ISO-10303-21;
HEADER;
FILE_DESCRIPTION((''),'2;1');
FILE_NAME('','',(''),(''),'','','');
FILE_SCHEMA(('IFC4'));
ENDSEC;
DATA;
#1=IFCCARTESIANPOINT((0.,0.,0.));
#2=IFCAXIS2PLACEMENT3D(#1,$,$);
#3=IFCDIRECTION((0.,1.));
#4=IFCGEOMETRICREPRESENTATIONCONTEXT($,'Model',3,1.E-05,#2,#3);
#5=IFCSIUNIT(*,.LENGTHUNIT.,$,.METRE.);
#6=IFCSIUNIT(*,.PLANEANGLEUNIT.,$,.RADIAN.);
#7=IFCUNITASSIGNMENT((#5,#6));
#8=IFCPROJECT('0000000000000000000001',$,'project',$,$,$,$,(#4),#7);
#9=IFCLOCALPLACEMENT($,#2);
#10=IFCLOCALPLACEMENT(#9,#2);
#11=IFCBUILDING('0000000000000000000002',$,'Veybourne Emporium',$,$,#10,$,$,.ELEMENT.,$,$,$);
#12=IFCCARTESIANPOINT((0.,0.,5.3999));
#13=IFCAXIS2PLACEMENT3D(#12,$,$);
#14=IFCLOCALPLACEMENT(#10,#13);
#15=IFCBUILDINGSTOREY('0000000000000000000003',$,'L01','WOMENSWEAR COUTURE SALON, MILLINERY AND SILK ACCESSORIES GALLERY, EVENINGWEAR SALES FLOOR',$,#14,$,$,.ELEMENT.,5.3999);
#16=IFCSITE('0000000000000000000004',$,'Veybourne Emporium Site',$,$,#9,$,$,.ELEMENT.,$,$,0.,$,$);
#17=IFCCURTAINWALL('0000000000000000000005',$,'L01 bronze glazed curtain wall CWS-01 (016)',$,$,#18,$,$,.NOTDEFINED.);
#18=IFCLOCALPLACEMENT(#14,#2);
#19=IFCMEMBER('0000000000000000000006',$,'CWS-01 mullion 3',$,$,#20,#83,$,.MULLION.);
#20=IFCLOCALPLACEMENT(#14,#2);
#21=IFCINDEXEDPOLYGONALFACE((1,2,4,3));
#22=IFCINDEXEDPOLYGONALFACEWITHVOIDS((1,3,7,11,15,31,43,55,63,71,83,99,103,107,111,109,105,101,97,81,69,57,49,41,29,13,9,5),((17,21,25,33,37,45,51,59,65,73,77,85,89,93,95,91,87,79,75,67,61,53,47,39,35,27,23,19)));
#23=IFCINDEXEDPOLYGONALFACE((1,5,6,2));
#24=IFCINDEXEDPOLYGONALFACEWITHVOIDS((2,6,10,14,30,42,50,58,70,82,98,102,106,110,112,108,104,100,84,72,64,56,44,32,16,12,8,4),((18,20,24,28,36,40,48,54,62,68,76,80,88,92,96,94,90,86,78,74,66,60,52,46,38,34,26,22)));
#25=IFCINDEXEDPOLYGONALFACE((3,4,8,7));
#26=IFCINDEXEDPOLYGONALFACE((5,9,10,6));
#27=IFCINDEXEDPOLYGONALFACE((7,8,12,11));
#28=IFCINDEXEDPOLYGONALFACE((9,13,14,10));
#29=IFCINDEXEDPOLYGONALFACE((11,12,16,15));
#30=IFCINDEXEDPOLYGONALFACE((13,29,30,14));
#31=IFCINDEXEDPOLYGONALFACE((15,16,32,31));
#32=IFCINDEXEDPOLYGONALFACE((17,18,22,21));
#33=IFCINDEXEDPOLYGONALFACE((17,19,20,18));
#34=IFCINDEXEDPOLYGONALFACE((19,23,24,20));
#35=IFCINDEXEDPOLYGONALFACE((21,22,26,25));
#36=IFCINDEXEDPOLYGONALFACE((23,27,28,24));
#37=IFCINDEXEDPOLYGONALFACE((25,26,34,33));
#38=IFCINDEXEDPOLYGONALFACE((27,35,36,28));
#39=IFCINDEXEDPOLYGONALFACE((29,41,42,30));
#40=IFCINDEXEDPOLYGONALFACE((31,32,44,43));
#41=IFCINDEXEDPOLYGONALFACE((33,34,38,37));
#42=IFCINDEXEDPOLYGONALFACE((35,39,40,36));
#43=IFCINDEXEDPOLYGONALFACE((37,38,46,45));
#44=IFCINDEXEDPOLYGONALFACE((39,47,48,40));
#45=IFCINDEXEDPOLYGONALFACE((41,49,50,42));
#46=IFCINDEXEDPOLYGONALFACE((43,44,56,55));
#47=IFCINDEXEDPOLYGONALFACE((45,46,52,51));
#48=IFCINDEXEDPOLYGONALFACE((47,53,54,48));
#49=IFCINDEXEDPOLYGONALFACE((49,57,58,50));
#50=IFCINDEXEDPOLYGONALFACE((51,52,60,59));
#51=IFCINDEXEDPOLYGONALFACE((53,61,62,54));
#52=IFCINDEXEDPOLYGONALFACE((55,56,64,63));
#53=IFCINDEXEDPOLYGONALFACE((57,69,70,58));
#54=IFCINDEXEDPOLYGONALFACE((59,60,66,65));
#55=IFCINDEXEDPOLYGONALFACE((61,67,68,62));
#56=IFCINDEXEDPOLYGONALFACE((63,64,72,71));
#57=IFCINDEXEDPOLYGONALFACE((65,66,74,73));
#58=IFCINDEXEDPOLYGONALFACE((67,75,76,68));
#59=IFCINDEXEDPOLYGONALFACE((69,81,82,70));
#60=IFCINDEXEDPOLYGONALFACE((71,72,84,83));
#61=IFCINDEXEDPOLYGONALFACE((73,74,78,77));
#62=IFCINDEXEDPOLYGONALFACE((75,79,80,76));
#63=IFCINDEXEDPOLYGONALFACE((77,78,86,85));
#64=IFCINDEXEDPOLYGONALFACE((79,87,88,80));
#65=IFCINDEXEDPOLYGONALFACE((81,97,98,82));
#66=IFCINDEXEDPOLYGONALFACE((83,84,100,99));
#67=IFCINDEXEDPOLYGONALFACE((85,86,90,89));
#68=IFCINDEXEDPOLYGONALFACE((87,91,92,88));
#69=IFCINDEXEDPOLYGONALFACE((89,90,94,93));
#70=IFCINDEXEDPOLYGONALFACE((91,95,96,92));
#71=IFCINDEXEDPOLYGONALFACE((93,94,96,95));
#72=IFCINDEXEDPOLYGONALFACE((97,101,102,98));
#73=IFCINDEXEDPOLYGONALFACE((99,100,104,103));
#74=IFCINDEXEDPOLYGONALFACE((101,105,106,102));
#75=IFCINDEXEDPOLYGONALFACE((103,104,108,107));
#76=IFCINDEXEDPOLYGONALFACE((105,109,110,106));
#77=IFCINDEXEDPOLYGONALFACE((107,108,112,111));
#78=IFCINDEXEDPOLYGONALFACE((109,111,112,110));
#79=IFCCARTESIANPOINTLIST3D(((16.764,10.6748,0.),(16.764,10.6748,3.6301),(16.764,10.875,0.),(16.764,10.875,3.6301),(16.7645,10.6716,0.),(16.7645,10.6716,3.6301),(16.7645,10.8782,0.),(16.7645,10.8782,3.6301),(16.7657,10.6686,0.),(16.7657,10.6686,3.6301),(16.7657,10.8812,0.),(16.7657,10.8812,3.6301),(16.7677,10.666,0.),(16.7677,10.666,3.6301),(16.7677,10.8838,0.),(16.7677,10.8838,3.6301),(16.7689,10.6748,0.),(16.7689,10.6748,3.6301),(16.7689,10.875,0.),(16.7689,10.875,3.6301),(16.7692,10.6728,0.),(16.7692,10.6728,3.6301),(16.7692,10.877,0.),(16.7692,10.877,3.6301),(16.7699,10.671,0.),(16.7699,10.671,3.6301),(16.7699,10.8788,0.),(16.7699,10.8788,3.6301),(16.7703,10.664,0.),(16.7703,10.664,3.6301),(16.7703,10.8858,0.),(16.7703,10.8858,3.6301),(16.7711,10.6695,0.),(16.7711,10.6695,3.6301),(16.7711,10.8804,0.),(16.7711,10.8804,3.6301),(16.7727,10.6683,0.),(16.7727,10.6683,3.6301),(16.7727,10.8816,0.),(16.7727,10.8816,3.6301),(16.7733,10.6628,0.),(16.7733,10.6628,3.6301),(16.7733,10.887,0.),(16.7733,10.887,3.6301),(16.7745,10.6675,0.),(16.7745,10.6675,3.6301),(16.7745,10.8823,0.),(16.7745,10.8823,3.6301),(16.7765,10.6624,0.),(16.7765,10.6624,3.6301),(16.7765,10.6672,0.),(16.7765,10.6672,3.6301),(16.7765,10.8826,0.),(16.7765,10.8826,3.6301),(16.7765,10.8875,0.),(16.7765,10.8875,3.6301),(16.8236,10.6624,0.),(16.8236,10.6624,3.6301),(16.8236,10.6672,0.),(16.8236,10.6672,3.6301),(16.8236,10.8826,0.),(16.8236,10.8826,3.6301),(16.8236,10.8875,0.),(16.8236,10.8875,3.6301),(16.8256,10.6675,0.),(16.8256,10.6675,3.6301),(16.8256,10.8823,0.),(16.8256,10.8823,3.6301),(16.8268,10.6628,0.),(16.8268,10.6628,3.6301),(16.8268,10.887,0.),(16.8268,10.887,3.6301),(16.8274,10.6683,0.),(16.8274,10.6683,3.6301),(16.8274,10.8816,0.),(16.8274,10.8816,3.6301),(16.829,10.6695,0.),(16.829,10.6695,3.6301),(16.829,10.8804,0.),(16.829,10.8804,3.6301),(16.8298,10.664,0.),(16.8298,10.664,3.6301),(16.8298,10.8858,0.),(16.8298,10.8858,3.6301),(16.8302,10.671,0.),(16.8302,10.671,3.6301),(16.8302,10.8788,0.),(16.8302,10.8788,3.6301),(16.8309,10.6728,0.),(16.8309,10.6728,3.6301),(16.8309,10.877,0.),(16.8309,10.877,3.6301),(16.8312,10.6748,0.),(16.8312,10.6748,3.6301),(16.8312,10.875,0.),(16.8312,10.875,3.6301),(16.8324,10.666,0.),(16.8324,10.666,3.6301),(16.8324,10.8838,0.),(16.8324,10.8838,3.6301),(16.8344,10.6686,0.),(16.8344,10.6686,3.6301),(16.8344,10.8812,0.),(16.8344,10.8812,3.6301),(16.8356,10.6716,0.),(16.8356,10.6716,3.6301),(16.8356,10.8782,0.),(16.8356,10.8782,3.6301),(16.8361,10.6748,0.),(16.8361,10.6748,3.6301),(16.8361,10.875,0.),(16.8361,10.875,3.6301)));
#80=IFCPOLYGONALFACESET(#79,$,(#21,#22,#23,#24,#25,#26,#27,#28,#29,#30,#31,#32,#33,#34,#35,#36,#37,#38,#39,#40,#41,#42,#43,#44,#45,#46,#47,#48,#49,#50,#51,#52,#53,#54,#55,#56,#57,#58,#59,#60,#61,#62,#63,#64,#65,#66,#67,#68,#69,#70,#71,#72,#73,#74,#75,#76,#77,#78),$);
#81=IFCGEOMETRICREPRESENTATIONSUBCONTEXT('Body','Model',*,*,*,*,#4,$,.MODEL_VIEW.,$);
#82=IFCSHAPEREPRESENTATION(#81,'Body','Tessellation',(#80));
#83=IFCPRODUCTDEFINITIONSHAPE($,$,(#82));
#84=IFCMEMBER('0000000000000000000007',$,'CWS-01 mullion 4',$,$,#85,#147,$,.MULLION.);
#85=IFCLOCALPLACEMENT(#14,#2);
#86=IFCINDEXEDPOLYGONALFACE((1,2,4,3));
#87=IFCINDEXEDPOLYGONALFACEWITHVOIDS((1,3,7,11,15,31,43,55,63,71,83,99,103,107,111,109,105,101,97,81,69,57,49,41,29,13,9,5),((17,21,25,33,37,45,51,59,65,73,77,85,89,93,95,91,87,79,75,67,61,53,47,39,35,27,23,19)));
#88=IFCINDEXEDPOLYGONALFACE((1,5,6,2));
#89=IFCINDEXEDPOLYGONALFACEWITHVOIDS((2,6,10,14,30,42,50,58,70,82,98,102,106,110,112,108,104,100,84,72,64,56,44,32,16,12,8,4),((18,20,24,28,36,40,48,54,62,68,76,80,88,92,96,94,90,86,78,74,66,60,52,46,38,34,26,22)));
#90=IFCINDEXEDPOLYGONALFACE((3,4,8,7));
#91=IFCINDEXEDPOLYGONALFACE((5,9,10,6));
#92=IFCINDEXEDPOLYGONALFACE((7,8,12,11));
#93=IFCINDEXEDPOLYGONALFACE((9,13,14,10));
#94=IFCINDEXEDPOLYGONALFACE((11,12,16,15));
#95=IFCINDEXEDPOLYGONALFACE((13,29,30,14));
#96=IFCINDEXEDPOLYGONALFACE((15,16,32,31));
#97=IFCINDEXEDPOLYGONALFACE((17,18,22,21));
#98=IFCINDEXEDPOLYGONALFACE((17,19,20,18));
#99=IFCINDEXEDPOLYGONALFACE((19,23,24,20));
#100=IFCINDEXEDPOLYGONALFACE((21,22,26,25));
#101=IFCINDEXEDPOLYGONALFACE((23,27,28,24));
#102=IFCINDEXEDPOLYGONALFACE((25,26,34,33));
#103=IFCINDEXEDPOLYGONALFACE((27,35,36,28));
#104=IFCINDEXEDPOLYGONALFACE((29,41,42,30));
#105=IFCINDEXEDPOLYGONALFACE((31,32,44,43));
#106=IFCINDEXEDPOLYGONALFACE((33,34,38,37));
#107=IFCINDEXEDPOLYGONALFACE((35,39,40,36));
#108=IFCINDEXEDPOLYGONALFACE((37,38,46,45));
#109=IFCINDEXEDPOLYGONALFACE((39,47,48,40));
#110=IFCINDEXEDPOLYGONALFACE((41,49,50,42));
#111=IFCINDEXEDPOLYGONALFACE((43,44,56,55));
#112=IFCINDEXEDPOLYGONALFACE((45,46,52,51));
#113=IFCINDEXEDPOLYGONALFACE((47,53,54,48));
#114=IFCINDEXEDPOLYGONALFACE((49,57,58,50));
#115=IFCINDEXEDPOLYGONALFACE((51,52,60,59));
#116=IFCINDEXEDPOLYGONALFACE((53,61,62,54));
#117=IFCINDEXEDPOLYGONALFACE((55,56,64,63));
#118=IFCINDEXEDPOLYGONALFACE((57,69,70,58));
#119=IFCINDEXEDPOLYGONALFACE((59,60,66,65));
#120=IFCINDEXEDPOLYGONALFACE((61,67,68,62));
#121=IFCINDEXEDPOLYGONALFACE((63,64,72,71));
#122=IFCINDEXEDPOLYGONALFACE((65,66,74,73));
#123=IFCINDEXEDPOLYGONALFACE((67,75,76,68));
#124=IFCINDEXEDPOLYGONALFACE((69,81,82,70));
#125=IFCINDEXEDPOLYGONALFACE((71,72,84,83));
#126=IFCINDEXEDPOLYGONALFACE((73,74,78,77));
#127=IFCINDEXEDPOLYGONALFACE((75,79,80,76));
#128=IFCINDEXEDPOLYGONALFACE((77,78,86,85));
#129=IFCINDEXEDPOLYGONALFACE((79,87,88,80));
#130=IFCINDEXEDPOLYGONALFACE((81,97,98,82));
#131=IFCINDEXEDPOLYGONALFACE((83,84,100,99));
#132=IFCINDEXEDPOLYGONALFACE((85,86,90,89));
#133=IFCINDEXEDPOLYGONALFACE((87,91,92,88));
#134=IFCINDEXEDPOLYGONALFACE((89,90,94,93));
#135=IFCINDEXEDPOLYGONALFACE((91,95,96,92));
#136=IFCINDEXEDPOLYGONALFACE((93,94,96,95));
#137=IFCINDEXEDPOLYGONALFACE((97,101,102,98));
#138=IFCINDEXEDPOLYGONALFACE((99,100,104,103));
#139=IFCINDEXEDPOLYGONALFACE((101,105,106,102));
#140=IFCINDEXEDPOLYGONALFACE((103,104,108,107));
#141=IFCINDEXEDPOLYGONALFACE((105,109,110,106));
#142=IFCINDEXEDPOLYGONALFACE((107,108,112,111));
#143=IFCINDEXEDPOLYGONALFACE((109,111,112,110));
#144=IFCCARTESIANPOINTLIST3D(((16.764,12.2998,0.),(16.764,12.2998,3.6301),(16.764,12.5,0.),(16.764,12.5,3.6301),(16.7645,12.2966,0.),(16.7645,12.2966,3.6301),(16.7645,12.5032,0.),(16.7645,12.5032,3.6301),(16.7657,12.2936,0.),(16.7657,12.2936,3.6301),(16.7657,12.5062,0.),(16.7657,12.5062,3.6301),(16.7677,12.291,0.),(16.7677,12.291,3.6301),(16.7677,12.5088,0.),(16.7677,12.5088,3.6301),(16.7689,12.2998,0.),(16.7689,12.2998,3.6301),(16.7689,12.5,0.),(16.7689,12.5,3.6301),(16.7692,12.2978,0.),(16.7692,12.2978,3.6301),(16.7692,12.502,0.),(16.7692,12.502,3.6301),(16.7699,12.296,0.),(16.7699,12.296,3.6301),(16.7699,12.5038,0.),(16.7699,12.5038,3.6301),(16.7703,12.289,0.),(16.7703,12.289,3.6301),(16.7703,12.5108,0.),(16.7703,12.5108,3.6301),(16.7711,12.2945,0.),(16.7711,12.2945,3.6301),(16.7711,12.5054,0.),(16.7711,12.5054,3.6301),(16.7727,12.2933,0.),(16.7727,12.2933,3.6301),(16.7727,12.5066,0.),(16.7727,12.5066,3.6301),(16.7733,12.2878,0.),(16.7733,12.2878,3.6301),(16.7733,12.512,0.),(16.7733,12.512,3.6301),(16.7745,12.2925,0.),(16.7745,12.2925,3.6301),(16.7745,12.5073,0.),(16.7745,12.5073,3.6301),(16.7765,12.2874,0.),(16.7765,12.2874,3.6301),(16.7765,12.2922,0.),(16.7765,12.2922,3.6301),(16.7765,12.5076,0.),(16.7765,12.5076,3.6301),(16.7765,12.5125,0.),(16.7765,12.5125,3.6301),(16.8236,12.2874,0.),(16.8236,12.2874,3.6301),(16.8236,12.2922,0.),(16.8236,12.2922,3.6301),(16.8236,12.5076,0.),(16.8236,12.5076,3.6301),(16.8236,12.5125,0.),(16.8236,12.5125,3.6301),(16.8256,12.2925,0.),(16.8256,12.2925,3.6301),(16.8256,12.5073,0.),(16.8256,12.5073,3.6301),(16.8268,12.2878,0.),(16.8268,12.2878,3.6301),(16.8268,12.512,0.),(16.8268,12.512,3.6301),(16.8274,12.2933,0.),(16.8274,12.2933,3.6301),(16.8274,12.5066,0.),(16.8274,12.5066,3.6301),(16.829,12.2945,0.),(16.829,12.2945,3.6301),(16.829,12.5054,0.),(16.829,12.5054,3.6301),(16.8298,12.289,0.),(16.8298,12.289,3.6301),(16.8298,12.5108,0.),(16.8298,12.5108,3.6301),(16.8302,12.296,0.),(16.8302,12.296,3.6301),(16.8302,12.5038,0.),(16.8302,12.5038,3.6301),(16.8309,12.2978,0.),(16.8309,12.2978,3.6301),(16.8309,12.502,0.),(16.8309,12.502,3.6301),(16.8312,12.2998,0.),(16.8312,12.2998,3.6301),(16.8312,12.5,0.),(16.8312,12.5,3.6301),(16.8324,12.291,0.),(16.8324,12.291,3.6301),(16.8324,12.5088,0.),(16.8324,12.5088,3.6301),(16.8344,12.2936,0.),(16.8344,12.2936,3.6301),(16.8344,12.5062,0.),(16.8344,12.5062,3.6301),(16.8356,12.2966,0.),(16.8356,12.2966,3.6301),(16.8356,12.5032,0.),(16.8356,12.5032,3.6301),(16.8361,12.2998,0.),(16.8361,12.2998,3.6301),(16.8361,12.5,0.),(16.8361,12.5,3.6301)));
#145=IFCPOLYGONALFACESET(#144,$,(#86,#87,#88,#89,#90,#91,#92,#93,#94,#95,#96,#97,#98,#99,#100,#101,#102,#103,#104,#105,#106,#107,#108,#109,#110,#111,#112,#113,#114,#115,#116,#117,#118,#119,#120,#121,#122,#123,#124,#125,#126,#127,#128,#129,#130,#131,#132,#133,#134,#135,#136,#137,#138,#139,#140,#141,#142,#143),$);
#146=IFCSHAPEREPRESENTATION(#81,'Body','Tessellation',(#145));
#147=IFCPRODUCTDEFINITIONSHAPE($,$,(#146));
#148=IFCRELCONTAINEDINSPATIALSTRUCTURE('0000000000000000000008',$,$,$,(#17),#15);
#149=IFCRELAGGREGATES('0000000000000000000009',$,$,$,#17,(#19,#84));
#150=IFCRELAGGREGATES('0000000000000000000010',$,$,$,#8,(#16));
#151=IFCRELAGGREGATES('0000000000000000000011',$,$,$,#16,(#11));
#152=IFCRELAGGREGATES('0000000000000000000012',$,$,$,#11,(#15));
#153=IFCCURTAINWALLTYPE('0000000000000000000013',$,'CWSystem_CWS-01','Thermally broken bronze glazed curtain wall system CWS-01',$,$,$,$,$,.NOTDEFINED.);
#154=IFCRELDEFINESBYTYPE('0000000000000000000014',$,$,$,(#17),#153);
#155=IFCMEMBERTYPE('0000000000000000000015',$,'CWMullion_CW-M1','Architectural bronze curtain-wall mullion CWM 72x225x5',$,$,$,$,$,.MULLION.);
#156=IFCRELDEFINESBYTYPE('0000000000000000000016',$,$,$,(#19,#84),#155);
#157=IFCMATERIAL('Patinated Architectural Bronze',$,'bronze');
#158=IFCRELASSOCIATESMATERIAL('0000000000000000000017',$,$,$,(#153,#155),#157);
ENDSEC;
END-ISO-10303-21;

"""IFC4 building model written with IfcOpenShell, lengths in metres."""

from ifc_helpers import new_model, si_unit, direction, frame, origin, origin_2d, place, context, subcontext, project, spatial, hollow_rectangle, extrude, material, material_profile, profile_set, type_object, element, aggregate, save


model = new_model("IFC4")

# Units and contexts
model_context = context("Model", 3, precision=1e-05, world=origin(), true_north=direction((0.0, 1.0)))
body_context = subcontext(model_context, "Body", "Model", "MODEL_VIEW")
ifc_project = project(units=[si_unit("LENGTHUNIT", "METRE"), si_unit("PLANEANGLEUNIT", "RADIAN")], contexts=[model_context])

# Site, building, storey
site_placement = place(None, origin())
site = spatial("IfcSite", under=ifc_project, at=site_placement, Name="Veybourne Emporium Site", CompositionType="ELEMENT", RefElevation=0.0)
building_placement = place(site_placement, origin())
building = spatial("IfcBuilding", under=site, at=building_placement, Name="Veybourne Emporium", CompositionType="ELEMENT")
storey_placement = place(building_placement, frame((0.0, 0.0, 5.3999)))
storey = spatial("IfcBuildingStorey", under=building, at=storey_placement, Name="L01", Description="WOMENSWEAR COUTURE SALON, MILLINERY AND SILK ACCESSORIES GALLERY, EVENINGWEAR SALES FLOOR", CompositionType="ELEMENT", Elevation=5.3999)

# Curtain wall, members
ifc_material_1 = material(Name="Patinated Architectural Bronze", Category="bronze")
curtain_wall_type = type_object("IfcCurtainWallType", Name="CWSystem_CWS-01", Description="Thermally broken bronze glazed curtain wall system CWS-01", PredefinedType="NOTDEFINED", material=ifc_material_1)
curtain_wall_placement = place(storey_placement, origin())
curtain_wall = element("IfcCurtainWall", 1, at=curtain_wall_placement, inside=storey, type_object=curtain_wall_type, Name="L01 bronze glazed curtain wall CWS-01 (016)", PredefinedType="NOTDEFINED")
ifc_material_profile_1 = material_profile(ifc_material_1, hollow_rectangle(XDim=0.072, YDim=0.2251, WallThickness=0.0049, InnerFilletRadius=0.0076, OuterFilletRadius=0.0125, at=origin_2d()), Name="CWM 72x225x5")
ifc_profile_set_1 = profile_set([ifc_material_profile_1], Name="Patinated Architectural Bronze")
member_type_1 = type_object("IfcMemberType", Name="CWMullion_CW-M1", Description="Architectural bronze curtain-wall mullion CWM 72x225x5", PredefinedType="MULLION", material=ifc_profile_set_1)
member_1_placement = place(storey_placement, frame((16.8, 10.7749, 0.0), z_axis=(0.0, 0.0, 1.0), x_axis=(-1.0, 0.0, 0.0)))
member_1 = element("IfcMember", 2, at=member_1_placement, type_object=member_type_1, Name="CWS-01 mullion 3", PredefinedType="MULLION", context=body_context, shape_type="SweptSolid", body=[
    extrude(hollow_rectangle(XDim=0.072, YDim=0.2251, WallThickness=0.0049, InnerFilletRadius=0.0076, OuterFilletRadius=0.0125, at=origin_2d()), origin(), (0.0, 0.0, 1.0), 3.6301),
])
member_2_placement = place(storey_placement, frame((16.8, 12.3999, 0.0), z_axis=(0.0, 0.0, 1.0), x_axis=(-1.0, 0.0, 0.0)))
member_2 = element("IfcMember", 3, at=member_2_placement, type_object=member_type_1, Name="CWS-01 mullion 4", PredefinedType="MULLION", context=body_context, shape_type="SweptSolid", body=[
    extrude(hollow_rectangle(XDim=0.072, YDim=0.2251, WallThickness=0.0049, InnerFilletRadius=0.0076, OuterFilletRadius=0.0125, at=origin_2d()), origin(), (0.0, 0.0, 1.0), 3.6301),
])
aggregate(curtain_wall, [member_1, member_2])

save(model, "model.ifc")
